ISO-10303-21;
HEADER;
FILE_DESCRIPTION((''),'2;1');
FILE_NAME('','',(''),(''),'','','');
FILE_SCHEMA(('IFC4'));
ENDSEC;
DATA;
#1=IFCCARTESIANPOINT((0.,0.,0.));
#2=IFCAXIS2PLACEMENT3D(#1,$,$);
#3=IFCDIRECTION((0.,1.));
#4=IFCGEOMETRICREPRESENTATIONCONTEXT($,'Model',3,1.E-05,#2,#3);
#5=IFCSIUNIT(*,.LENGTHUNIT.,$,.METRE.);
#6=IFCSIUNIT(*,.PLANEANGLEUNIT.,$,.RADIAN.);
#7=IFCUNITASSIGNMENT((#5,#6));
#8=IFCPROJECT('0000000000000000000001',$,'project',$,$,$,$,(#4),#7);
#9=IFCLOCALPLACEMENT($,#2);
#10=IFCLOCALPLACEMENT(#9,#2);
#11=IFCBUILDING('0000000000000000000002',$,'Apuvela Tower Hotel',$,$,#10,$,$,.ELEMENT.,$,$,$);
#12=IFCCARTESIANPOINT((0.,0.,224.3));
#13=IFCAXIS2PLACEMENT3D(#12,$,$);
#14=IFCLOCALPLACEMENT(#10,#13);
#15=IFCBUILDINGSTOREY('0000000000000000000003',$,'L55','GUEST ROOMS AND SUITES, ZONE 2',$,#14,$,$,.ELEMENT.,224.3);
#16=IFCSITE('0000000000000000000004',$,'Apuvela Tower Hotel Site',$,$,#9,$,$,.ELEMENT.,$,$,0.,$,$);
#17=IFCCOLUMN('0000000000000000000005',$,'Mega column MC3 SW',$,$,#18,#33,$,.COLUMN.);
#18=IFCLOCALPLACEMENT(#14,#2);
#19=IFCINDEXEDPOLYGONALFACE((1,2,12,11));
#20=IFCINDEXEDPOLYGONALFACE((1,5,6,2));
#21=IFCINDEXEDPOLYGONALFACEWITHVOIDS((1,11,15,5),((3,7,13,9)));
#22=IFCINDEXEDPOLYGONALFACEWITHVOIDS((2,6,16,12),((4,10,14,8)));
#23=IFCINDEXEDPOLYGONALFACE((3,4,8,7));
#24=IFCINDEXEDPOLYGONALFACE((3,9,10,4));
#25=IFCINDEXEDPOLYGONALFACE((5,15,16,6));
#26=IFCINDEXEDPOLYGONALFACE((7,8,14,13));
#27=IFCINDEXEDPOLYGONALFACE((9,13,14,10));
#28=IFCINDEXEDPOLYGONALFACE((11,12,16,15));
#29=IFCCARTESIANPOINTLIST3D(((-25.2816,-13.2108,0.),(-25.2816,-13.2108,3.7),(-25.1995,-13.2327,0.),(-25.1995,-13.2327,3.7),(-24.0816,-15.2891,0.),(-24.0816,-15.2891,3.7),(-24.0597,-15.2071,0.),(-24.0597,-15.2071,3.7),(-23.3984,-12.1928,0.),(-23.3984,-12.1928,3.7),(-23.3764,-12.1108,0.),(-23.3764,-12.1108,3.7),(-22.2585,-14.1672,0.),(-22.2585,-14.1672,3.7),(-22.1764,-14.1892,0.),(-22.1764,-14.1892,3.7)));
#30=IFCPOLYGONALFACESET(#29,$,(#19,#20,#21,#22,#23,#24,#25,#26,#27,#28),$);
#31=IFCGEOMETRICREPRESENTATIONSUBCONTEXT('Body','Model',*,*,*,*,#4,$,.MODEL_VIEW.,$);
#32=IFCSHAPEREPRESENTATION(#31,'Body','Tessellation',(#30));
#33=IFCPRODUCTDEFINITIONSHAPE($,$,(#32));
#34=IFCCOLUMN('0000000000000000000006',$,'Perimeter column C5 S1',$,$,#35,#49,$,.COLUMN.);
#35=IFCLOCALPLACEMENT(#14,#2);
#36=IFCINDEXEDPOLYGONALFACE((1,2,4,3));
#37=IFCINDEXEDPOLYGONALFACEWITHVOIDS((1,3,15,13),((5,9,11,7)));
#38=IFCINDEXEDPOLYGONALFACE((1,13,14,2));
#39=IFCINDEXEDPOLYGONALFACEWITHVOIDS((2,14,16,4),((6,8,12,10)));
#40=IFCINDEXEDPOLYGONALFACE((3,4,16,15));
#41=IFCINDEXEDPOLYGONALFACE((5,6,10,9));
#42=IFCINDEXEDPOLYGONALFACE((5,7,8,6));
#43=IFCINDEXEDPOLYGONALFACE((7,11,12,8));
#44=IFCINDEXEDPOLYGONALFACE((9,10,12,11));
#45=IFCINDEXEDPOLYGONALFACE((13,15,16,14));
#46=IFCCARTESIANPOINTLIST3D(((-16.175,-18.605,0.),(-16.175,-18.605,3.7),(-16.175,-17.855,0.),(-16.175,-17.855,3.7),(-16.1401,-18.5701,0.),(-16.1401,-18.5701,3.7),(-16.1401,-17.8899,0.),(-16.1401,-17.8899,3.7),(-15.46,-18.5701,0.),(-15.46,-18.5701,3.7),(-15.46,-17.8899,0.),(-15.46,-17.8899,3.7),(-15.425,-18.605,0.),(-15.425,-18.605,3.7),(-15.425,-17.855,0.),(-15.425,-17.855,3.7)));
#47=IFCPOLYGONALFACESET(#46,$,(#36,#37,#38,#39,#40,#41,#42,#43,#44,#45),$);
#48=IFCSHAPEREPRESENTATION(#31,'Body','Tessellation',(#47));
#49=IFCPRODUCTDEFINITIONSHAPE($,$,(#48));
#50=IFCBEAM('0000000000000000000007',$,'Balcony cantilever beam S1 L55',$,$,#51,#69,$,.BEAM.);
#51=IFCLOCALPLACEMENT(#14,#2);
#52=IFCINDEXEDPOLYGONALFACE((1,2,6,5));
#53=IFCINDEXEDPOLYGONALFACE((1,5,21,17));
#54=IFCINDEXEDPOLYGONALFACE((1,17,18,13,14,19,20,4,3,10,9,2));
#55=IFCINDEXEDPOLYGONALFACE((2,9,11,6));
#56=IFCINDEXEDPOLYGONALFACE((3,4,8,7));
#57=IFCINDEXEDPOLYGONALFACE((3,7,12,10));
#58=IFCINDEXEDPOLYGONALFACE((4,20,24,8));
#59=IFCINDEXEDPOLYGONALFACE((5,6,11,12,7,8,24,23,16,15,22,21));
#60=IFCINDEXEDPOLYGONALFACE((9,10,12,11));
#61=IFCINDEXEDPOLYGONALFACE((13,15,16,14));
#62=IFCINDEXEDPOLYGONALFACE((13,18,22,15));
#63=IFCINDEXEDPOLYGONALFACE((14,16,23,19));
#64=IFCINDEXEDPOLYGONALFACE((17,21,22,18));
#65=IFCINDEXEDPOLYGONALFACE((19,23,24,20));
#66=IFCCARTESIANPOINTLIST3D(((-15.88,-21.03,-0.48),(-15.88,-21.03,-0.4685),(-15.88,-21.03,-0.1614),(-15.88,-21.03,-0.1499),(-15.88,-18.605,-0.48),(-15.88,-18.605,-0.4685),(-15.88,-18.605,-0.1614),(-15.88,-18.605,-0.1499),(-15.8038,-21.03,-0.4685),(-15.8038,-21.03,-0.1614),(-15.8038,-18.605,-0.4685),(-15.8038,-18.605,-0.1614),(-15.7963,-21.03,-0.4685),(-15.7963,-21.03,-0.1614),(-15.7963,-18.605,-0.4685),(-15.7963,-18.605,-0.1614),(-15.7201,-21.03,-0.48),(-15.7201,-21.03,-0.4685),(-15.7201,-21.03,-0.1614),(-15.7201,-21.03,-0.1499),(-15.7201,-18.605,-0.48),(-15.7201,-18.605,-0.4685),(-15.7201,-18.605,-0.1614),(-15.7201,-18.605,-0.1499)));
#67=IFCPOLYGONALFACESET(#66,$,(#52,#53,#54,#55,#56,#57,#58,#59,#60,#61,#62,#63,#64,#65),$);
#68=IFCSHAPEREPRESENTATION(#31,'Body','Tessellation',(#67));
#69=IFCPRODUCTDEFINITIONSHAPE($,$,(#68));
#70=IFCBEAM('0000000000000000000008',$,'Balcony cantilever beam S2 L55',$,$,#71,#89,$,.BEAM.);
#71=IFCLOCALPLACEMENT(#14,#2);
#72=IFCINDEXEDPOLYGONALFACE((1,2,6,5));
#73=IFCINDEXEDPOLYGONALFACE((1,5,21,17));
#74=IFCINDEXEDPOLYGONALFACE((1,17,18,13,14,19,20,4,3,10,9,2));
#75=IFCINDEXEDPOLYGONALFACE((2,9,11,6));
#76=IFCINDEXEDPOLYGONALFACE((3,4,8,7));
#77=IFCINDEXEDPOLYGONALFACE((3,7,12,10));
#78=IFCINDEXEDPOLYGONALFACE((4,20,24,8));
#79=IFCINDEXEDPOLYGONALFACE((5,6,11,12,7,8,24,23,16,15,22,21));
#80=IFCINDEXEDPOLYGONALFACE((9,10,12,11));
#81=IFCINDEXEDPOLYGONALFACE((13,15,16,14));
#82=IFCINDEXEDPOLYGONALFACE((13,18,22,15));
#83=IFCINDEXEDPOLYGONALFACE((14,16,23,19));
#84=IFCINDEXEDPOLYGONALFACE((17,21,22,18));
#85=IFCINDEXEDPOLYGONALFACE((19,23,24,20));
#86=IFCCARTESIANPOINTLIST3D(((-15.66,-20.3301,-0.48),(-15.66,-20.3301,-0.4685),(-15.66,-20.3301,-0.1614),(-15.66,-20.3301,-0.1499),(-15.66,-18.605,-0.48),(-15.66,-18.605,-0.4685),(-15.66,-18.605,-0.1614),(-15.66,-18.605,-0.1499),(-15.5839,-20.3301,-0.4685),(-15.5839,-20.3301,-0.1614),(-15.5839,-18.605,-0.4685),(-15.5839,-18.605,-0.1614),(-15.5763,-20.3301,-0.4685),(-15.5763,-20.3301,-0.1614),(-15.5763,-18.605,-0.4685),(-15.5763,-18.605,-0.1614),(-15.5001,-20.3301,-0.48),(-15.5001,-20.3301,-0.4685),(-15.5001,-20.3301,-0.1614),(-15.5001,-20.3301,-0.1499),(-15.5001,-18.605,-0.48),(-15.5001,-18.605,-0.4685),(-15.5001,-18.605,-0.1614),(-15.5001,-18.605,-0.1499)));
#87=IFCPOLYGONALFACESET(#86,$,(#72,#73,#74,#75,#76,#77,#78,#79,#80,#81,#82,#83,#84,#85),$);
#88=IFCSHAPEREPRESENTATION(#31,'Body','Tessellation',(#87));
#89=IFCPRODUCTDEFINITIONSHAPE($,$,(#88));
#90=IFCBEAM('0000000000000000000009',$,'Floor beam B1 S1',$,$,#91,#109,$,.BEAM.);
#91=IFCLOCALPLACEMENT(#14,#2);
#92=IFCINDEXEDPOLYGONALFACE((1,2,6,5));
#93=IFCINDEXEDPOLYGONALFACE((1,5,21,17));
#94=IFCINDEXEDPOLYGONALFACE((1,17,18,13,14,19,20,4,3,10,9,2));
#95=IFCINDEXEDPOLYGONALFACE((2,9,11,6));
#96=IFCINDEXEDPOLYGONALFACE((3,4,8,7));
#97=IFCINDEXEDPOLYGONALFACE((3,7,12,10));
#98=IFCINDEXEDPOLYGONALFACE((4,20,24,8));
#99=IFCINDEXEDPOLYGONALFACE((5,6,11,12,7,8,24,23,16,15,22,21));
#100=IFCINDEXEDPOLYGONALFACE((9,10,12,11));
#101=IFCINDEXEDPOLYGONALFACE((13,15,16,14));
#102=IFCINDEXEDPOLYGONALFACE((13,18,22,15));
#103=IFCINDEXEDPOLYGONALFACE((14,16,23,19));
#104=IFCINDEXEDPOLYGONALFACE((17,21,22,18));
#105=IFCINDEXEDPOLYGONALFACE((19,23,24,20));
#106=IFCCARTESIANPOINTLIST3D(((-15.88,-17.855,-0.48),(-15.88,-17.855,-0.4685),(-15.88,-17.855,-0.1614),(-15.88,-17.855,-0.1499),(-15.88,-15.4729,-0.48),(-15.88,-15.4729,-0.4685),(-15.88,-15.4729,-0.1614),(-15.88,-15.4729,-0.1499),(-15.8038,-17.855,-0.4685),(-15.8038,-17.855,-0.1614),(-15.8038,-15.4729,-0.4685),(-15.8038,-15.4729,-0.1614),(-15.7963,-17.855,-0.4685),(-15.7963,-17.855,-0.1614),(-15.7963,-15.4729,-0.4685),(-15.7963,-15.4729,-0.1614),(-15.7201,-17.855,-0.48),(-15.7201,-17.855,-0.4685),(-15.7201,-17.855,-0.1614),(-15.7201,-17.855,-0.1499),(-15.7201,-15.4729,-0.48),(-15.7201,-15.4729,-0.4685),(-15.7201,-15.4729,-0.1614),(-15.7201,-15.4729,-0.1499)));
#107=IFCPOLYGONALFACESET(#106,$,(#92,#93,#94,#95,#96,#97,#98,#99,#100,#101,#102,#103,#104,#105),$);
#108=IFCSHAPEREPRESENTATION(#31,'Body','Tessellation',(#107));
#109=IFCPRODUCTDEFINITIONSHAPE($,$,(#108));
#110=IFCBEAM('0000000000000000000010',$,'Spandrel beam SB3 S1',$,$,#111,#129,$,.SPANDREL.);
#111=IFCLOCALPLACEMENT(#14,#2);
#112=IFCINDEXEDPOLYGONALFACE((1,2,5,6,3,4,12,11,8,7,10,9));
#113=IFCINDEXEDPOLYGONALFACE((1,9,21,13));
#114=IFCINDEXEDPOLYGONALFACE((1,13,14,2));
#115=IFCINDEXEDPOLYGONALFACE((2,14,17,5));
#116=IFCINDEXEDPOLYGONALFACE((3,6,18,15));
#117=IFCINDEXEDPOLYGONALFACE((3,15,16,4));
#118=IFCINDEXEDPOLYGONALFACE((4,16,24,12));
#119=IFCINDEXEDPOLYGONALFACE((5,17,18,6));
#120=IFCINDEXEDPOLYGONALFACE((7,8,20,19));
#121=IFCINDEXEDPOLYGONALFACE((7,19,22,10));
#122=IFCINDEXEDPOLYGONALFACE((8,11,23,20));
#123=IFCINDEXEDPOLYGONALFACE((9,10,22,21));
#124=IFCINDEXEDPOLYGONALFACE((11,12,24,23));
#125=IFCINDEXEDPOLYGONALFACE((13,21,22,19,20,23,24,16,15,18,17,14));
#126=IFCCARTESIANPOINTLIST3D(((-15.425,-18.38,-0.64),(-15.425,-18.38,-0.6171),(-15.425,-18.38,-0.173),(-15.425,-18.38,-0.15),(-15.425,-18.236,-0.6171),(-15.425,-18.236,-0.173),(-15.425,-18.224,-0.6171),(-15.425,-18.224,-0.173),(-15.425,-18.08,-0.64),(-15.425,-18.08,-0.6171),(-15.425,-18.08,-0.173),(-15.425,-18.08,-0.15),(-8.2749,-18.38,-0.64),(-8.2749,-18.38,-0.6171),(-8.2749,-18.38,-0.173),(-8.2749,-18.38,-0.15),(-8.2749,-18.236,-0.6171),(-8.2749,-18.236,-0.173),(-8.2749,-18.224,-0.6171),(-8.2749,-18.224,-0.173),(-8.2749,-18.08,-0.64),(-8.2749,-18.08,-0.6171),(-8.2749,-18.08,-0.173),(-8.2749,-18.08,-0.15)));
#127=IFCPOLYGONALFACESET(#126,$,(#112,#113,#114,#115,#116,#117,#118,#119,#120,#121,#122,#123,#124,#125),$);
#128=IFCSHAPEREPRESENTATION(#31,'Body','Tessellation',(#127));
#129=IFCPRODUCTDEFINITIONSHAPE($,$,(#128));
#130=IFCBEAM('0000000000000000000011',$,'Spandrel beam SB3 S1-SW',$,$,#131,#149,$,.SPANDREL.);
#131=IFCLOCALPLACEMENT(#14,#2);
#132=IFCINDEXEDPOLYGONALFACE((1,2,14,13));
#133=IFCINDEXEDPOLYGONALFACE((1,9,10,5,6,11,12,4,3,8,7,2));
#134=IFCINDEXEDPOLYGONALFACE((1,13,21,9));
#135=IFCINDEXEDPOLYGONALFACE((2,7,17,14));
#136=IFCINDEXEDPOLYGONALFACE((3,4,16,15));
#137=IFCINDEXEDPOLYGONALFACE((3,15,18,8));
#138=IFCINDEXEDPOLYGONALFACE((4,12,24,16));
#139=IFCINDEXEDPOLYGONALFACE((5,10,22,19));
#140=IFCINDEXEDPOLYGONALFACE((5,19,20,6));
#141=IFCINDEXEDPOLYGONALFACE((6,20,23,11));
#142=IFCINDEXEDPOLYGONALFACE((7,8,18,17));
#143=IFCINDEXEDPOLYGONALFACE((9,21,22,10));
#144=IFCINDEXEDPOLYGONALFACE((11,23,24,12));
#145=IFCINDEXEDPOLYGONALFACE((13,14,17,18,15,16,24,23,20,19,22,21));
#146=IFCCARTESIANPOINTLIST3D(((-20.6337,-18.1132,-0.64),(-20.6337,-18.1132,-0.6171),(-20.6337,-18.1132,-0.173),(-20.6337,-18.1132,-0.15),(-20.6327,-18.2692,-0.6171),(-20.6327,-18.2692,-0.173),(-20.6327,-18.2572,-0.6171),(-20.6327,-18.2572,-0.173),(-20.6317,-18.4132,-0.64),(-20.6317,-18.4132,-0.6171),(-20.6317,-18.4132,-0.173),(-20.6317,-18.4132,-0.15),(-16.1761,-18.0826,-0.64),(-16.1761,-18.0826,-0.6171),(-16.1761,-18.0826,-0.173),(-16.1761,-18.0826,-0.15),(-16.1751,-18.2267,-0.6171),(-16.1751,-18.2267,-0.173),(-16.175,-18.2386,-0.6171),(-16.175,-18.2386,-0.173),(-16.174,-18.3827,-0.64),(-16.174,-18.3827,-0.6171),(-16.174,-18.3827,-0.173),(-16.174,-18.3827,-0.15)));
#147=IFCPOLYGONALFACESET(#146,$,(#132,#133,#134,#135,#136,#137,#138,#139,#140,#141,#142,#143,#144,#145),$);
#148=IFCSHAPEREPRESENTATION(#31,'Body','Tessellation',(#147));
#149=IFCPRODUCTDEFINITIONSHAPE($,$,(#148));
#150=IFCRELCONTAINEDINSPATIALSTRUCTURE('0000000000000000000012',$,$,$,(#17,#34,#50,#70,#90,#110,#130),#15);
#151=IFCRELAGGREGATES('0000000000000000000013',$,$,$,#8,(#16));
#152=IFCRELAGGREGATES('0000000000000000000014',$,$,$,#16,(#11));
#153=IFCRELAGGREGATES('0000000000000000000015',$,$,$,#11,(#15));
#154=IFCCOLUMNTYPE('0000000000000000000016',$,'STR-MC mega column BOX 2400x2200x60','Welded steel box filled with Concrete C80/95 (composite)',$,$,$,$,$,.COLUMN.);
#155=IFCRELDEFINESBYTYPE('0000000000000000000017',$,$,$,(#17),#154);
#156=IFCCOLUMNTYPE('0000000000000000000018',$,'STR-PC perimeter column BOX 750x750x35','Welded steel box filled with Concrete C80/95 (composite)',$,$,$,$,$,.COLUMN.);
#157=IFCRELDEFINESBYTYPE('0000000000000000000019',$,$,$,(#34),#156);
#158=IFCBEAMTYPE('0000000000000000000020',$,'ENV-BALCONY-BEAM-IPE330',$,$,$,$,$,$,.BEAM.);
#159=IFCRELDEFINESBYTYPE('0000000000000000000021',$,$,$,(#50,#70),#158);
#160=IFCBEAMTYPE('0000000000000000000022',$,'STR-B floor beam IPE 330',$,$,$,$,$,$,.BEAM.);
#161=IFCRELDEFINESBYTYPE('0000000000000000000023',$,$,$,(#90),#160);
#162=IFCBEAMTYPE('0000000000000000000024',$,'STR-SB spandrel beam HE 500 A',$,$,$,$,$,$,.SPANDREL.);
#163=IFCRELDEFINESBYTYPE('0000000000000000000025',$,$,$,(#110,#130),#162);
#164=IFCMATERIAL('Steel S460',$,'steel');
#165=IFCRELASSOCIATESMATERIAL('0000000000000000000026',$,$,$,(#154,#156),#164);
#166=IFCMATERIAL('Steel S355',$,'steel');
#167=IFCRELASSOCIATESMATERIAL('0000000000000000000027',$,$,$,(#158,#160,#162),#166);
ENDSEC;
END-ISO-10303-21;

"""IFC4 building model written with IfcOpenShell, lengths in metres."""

from ifc_helpers import new_model, si_unit, direction, frame, origin, origin_2d, place, context, subcontext, project, spatial, rectangle, hollow_rectangle, i_section, extrude, material, material_profile, profile_set, type_object, element, save


model = new_model("IFC4")

# Units and contexts
model_context = context("Model", 3, precision=1e-05, world=origin(), true_north=direction((0.0, 1.0)))
body_context = subcontext(model_context, "Body", "Model", "MODEL_VIEW")
ifc_project = project(units=[si_unit("LENGTHUNIT", "METRE"), si_unit("PLANEANGLEUNIT", "RADIAN")], contexts=[model_context])

# Site, building, storey
site_placement = place(None, origin())
site = spatial("IfcSite", under=ifc_project, at=site_placement, Name="Apuvela Tower Hotel Site", CompositionType="ELEMENT", RefElevation=0.0)
building_placement = place(site_placement, origin())
building = spatial("IfcBuilding", under=site, at=building_placement, Name="Apuvela Tower Hotel", CompositionType="ELEMENT")
storey_placement = place(building_placement, frame((0.0, 0.0, 224.3)))
storey = spatial("IfcBuildingStorey", under=building, at=storey_placement, Name="L55", Description="GUEST ROOMS AND SUITES, ZONE 2", CompositionType="ELEMENT", Elevation=224.3)

# Columns
ifc_material_1 = material(Name="Steel S460", Category="steel")
ifc_material_profile_1 = material_profile(ifc_material_1, hollow_rectangle(XDim=2.3999, YDim=2.2, WallThickness=0.0601, at=origin_2d()), Name="BOX 2400x2200x60")
ifc_material_2 = material(Name="Concrete C80/95", Category="concrete")
ifc_material_profile_2 = material_profile(ifc_material_2, rectangle(XDim=2.28, YDim=2.0801, at=origin_2d()), Name="Concrete C80/95 infill")
ifc_profile_set_1 = profile_set([ifc_material_profile_1, ifc_material_profile_2], Name="Steel S460")
column_type_1 = type_object("IfcColumnType", Name="STR-MC mega column BOX 2400x2200x60", Description="Welded steel box filled with Concrete C80/95 (composite)", PredefinedType="COLUMN", material=ifc_profile_set_1)
column_1_placement = place(storey_placement, frame((-23.729, -13.7, 0.0), z_axis=(0.0, 0.0, 1.0), x_axis=(-0.5, 0.866025, 0.0)))
element("IfcColumn", 1, at=column_1_placement, inside=storey, type_object=column_type_1, Name="Mega column MC3 SW", PredefinedType="COLUMN", context=body_context, shape_type="SweptSolid", body=[
    extrude(hollow_rectangle(XDim=2.3999, YDim=2.2, WallThickness=0.0601, at=origin_2d()), origin(), (0.0, 0.0, 1.0), 3.7),
])
ifc_material_profile_3 = material_profile(ifc_material_1, hollow_rectangle(XDim=0.75, YDim=0.75, WallThickness=0.0349, at=origin_2d()), Name="BOX 750x750x35")
ifc_material_profile_4 = material_profile(ifc_material_2, rectangle(XDim=0.6799, YDim=0.6799, at=origin_2d()), Name="Concrete C80/95 infill")
ifc_profile_set_2 = profile_set([ifc_material_profile_3, ifc_material_profile_4], Name="Steel S460")
column_type_2 = type_object("IfcColumnType", Name="STR-PC perimeter column BOX 750x750x35", Description="Welded steel box filled with Concrete C80/95 (composite)", PredefinedType="COLUMN", material=ifc_profile_set_2)
column_2_placement = place(storey_placement, frame((-15.8, -18.23, 0.0), z_axis=(0.0, 0.0, 1.0), x_axis=(-1.0, 0.0, 0.0)))
element("IfcColumn", 2, at=column_2_placement, inside=storey, type_object=column_type_2, Name="Perimeter column C5 S1", PredefinedType="COLUMN", context=body_context, shape_type="SweptSolid", body=[
    extrude(hollow_rectangle(XDim=0.75, YDim=0.75, WallThickness=0.0349, at=origin_2d()), origin(), (0.0, 0.0, 1.0), 3.7),
])

# Beams
ifc_material_3 = material(Name="Steel S355", Category="steel")
ifc_material_profile_5 = material_profile(ifc_material_3, i_section(OverallWidth=0.1599, OverallDepth=0.3301, WebThickness=0.0076, FlangeThickness=0.0115, at=origin_2d()), Name="IPE 330")
ifc_profile_set_3 = profile_set([ifc_material_profile_5], Name="Steel S355")
beam_type_1 = type_object("IfcBeamType", Name="ENV-BALCONY-BEAM-IPE330", PredefinedType="BEAM", material=ifc_profile_set_3)
beam_1_placement = place(storey_placement, frame((-15.8, -18.605, -0.3149), z_axis=(0.0, -1.0, 0.0), x_axis=(1.0, 0.0, 0.0)))
element("IfcBeam", 3, at=beam_1_placement, inside=storey, type_object=beam_type_1, Name="Balcony cantilever beam S1 L55", PredefinedType="BEAM", context=body_context, shape_type="SweptSolid", body=[
    extrude(i_section(OverallWidth=0.1599, OverallDepth=0.3301, WebThickness=0.0076, FlangeThickness=0.0115, at=origin_2d()), origin(), (0.0, 0.0, 1.0), 2.425),
])
beam_2_placement = place(storey_placement, frame((-15.5801, -18.605, -0.3149), z_axis=(0.0, -1.0, 0.0), x_axis=(1.0, 0.0, 0.0)))
element("IfcBeam", 4, at=beam_2_placement, inside=storey, type_object=beam_type_1, Name="Balcony cantilever beam S2 L55", PredefinedType="BEAM", context=body_context, shape_type="SweptSolid", body=[
    extrude(i_section(OverallWidth=0.1599, OverallDepth=0.3301, WebThickness=0.0076, FlangeThickness=0.0115, at=origin_2d()), origin(), (0.0, 0.0, 1.0), 1.7251),
])
ifc_material_profile_6 = material_profile(ifc_material_3, i_section(OverallWidth=0.1599, OverallDepth=0.3301, WebThickness=0.0076, FlangeThickness=0.0115, at=origin_2d()), Name="IPE 330")
ifc_profile_set_4 = profile_set([ifc_material_profile_6], Name="Steel S355")
beam_type_2 = type_object("IfcBeamType", Name="STR-B floor beam IPE 330", PredefinedType="BEAM", material=ifc_profile_set_4)
beam_3_placement = place(storey_placement, frame((-15.8, -17.855, -0.3149), z_axis=(0.0, 1.0, 0.0), x_axis=(-1.0, 0.0, 0.0)))
element("IfcBeam", 5, at=beam_3_placement, inside=storey, type_object=beam_type_2, Name="Floor beam B1 S1", PredefinedType="BEAM", context=body_context, shape_type="SweptSolid", body=[
    extrude(i_section(OverallWidth=0.1599, OverallDepth=0.3301, WebThickness=0.0076, FlangeThickness=0.0115, at=origin_2d()), origin(), (0.0, 0.0, 1.0), 2.3821),
])
ifc_material_profile_7 = material_profile(ifc_material_3, i_section(OverallWidth=0.3, OverallDepth=0.49, WebThickness=0.012, FlangeThickness=0.0229, at=origin_2d()), Name="HE 500 A")
ifc_profile_set_5 = profile_set([ifc_material_profile_7], Name="Steel S355")
beam_type_3 = type_object("IfcBeamType", Name="STR-SB spandrel beam HE 500 A", PredefinedType="SPANDREL", material=ifc_profile_set_5)
beam_4_placement = place(storey_placement, frame((-15.425, -18.23, -0.395), z_axis=(1.0, 0.0, 0.0), x_axis=(0.0, 1.0, 0.0)))
element("IfcBeam", 6, at=beam_4_placement, inside=storey, type_object=beam_type_3, Name="Spandrel beam SB3 S1", PredefinedType="SPANDREL", context=body_context, shape_type="SweptSolid", body=[
    extrude(i_section(OverallWidth=0.3, OverallDepth=0.49, WebThickness=0.012, FlangeThickness=0.0229, at=origin_2d()), origin(), (0.0, 0.0, 1.0), 7.1501),
])
beam_5_placement = place(storey_placement, frame((-16.175, -18.2327, -0.395), z_axis=(-0.999977, -0.006846, 0.0), x_axis=(0.006846, -0.999977, 0.0)))
element("IfcBeam", 7, at=beam_5_placement, inside=storey, type_object=beam_type_3, Name="Spandrel beam SB3 S1-SW", PredefinedType="SPANDREL", context=body_context, shape_type="SweptSolid", body=[
    extrude(i_section(OverallWidth=0.3, OverallDepth=0.49, WebThickness=0.012, FlangeThickness=0.0229, at=origin_2d()), origin(), (0.0, 0.0, 1.0), 4.4578),
])

save(model, "model.ifc")
